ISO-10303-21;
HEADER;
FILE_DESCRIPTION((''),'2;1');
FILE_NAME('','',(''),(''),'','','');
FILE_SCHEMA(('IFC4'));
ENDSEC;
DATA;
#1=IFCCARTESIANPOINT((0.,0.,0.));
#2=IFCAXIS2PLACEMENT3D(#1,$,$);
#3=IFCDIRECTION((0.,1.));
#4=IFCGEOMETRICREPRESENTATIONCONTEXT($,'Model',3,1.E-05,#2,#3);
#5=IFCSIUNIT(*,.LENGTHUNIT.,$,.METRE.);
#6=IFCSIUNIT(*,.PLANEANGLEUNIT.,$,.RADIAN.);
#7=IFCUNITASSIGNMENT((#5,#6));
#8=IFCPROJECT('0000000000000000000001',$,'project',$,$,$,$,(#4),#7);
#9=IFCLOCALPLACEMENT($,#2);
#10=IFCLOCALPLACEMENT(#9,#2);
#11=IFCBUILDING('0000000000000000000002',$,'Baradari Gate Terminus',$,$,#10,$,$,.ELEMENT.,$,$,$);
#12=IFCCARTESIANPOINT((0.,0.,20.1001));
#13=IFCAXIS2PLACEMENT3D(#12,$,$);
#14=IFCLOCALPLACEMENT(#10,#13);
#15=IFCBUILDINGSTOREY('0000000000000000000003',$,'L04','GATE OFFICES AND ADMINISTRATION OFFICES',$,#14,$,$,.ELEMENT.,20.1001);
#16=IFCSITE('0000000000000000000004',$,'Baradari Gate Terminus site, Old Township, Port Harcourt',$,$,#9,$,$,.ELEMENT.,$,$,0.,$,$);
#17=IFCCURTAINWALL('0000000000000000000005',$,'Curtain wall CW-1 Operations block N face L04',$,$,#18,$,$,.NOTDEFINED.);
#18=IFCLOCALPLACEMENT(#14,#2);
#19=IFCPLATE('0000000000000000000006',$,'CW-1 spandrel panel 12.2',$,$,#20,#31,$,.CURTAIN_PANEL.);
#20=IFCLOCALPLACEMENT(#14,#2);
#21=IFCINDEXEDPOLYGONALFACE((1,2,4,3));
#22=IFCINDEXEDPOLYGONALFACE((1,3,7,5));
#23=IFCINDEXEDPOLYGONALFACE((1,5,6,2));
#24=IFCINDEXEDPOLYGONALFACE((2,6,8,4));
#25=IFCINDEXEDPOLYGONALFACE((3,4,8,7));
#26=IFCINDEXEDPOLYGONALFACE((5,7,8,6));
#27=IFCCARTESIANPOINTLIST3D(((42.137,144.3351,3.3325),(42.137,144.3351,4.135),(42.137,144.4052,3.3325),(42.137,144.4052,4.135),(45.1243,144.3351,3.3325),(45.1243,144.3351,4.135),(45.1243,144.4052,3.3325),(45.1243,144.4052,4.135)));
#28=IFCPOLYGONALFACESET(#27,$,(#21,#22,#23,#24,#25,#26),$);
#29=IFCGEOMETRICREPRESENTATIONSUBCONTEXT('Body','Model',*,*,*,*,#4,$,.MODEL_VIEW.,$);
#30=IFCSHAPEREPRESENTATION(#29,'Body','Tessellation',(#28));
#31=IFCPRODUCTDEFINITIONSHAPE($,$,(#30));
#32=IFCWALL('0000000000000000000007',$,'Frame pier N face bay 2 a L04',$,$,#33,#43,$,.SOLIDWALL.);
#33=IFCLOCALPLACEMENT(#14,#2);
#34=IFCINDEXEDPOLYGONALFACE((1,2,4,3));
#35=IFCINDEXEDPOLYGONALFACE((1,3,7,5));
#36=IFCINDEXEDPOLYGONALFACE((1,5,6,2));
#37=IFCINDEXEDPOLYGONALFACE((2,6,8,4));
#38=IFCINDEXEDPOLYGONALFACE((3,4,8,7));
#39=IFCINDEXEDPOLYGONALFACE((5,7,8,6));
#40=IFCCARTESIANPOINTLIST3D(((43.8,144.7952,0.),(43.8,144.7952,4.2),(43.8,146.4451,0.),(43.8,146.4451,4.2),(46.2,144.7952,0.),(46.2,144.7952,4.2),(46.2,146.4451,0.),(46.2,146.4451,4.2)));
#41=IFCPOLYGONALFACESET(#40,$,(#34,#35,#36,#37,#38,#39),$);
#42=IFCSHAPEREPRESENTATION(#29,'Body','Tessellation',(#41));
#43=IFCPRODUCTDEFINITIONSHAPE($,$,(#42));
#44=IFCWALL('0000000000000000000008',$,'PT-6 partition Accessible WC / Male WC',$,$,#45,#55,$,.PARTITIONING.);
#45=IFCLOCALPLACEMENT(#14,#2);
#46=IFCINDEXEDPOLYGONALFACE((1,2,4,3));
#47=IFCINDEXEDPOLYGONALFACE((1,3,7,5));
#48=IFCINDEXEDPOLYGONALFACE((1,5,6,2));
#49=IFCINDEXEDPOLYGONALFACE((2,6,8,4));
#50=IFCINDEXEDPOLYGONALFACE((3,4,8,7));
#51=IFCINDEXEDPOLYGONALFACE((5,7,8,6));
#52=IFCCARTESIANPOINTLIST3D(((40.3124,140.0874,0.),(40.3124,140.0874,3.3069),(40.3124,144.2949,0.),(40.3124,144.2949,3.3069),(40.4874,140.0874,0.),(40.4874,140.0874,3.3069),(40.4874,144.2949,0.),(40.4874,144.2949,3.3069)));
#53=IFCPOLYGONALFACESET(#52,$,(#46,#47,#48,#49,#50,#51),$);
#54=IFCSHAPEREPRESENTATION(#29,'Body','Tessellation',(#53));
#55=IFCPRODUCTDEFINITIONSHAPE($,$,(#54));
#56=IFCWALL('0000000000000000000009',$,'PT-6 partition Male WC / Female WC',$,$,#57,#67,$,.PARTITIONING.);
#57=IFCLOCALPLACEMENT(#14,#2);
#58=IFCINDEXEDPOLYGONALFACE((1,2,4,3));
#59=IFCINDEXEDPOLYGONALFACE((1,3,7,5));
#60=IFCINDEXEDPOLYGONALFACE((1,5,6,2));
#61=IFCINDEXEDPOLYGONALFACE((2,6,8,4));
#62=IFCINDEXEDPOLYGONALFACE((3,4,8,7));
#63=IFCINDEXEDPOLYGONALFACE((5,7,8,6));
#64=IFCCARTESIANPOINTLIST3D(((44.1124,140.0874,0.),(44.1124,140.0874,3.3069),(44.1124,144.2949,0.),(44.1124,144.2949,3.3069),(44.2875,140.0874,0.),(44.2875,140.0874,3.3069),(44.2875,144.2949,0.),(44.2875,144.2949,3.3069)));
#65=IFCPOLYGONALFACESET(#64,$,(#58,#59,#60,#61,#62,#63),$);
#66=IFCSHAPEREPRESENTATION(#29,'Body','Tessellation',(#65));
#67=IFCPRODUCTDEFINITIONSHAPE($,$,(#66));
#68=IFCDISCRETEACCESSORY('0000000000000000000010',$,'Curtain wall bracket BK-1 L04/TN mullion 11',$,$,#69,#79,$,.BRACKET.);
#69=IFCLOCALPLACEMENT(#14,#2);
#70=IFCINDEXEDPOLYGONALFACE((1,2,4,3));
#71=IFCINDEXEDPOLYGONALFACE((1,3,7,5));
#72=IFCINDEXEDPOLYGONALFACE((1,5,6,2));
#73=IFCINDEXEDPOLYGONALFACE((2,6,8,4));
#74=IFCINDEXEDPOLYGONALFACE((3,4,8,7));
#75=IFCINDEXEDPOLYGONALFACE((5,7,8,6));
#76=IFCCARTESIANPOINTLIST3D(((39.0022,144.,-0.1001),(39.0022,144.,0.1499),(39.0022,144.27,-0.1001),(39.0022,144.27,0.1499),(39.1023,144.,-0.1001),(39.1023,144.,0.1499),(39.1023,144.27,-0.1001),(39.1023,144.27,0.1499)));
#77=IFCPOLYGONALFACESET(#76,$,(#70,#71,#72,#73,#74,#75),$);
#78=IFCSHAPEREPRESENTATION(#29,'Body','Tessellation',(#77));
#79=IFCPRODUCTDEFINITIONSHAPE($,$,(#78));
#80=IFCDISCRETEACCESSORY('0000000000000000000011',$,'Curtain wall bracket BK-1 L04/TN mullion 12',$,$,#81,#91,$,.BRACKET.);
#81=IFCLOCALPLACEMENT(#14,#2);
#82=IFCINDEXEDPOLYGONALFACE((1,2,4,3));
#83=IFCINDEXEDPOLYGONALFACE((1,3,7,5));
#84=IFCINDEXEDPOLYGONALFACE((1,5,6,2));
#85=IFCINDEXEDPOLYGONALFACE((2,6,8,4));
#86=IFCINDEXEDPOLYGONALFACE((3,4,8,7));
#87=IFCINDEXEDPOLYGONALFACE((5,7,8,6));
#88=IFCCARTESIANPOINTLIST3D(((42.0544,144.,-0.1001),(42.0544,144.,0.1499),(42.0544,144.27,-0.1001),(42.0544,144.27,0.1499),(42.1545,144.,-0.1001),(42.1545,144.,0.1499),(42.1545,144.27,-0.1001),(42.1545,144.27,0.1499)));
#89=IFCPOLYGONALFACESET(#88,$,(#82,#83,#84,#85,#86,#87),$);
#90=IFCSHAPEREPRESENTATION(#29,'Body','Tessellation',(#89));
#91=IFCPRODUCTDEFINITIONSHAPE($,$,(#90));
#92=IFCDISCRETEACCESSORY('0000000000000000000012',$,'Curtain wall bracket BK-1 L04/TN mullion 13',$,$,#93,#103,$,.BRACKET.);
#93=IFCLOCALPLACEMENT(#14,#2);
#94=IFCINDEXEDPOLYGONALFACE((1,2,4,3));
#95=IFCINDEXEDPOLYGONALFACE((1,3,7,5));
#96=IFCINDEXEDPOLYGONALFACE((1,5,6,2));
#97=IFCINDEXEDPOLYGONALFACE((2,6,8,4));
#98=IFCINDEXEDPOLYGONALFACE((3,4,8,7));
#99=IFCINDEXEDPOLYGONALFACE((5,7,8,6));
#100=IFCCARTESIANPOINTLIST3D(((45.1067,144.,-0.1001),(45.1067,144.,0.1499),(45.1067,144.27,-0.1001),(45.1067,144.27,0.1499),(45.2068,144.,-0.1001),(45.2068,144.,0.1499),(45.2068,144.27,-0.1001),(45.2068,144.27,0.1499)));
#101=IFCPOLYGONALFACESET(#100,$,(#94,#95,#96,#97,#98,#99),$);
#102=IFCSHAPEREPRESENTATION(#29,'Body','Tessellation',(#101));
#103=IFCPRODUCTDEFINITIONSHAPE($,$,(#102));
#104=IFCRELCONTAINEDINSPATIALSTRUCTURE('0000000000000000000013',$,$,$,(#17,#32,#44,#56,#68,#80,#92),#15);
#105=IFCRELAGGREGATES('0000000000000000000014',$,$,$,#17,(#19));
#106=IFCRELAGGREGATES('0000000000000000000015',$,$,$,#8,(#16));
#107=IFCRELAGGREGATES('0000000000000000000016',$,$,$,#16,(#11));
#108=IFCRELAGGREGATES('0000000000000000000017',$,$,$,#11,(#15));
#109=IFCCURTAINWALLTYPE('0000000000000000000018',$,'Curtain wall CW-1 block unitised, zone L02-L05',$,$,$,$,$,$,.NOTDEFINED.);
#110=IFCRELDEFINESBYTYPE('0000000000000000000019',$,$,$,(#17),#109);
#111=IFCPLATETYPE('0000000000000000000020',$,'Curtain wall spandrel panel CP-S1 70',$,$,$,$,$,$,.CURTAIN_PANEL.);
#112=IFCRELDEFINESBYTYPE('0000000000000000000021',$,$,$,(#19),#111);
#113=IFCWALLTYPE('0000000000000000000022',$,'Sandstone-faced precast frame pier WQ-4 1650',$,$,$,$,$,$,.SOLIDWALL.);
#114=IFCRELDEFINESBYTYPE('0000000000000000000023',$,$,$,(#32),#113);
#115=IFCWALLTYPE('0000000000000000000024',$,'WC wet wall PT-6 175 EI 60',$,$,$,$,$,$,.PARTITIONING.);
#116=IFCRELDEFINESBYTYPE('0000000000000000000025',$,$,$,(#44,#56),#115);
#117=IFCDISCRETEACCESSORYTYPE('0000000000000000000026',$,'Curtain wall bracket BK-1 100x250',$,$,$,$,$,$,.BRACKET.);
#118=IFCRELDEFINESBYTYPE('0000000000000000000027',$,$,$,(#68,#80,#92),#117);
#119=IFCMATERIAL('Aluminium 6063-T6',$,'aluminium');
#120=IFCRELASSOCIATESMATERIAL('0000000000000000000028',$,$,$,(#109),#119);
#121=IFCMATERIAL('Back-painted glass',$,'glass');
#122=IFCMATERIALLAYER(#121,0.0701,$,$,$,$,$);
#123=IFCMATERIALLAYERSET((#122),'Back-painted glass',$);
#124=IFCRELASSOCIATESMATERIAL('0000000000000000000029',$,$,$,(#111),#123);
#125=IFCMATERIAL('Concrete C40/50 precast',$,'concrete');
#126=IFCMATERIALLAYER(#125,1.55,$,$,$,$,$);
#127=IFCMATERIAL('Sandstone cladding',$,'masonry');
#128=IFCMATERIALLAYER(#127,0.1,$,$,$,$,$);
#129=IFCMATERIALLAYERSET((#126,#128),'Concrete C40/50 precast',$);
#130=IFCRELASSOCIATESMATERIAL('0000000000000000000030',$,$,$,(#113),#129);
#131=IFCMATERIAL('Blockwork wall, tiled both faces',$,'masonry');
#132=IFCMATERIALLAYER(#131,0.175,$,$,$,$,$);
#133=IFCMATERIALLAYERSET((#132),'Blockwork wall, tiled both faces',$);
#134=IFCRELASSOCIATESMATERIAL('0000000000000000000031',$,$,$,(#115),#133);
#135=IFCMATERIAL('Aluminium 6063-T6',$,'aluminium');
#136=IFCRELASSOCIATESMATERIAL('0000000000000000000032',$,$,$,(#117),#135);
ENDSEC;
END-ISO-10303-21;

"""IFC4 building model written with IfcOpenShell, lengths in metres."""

from ifc_helpers import new_model, si_unit, direction, frame, frame_2d, origin, origin_2d, place, context, subcontext, project, spatial, rectangle, extrude, material, layer, layer_set, type_object, element, aggregate, save


model = new_model("IFC4")

# Units and contexts
model_context = context("Model", 3, precision=1e-05, world=origin(), true_north=direction((0.0, 1.0)))
body_context = subcontext(model_context, "Body", "Model", "MODEL_VIEW")
ifc_project = project(units=[si_unit("LENGTHUNIT", "METRE"), si_unit("PLANEANGLEUNIT", "RADIAN")], contexts=[model_context])

# Site, building, storey
site_placement = place(None, origin())
site = spatial("IfcSite", under=ifc_project, at=site_placement, Name="Baradari Gate Terminus site, Old Township, Port Harcourt", CompositionType="ELEMENT", RefElevation=0.0)
building_placement = place(site_placement, origin())
building = spatial("IfcBuilding", under=site, at=building_placement, Name="Baradari Gate Terminus", CompositionType="ELEMENT")
storey_placement = place(building_placement, frame((0.0, 0.0, 20.1001)))
storey = spatial("IfcBuildingStorey", under=building, at=storey_placement, Name="L04", Description="GATE OFFICES AND ADMINISTRATION OFFICES", CompositionType="ELEMENT", Elevation=20.1001)

# Curtain wall, plate
ifc_material_1 = material(Name="Aluminium 6063-T6", Category="aluminium")
curtain_wall_type = type_object("IfcCurtainWallType", Name="Curtain wall CW-1 block unitised, zone L02-L05", PredefinedType="NOTDEFINED", material=ifc_material_1)
curtain_wall_placement = place(storey_placement, origin())
curtain_wall = element("IfcCurtainWall", 1, at=curtain_wall_placement, inside=storey, type_object=curtain_wall_type, Name="Curtain wall CW-1 Operations block N face L04", PredefinedType="NOTDEFINED")
ifc_material_2 = material(Name="Back-painted glass", Category="glass")
ifc_layer_1 = layer(ifc_material_2, 0.0701)
ifc_layer_set_1 = layer_set([ifc_layer_1], Name="Back-painted glass")
plate_type_1 = type_object("IfcPlateType", Name="Curtain wall spandrel panel CP-S1 70", PredefinedType="CURTAIN_PANEL", material=ifc_layer_set_1)
plate_1_placement = place(storey_placement, frame((43.6306, 144.3701, 3.3325), z_axis=(0.0, 0.0, 1.0), x_axis=(1.0, 0.0, 0.0)))
plate_1 = element("IfcPlate", 2, at=plate_1_placement, type_object=plate_type_1, Name="CW-1 spandrel panel 12.2", PredefinedType="CURTAIN_PANEL", context=body_context, shape_type="SweptSolid", body=[
    extrude(rectangle(XDim=2.9873, YDim=0.0701, at=origin_2d()), origin(), (0.0, 0.0, 1.0), 0.8025),
])
aggregate(curtain_wall, [plate_1])

# Walls
ifc_material_3 = material(Name="Concrete C40/50 precast", Category="concrete")
ifc_layer_2 = layer(ifc_material_3, 1.55)
ifc_material_4 = material(Name="Sandstone cladding", Category="masonry")
ifc_layer_3 = layer(ifc_material_4, 0.1)
ifc_layer_set_2 = layer_set([ifc_layer_2, ifc_layer_3], Name="Concrete C40/50 precast")
wall_type_1 = type_object("IfcWallType", Name="Sandstone-faced precast frame pier WQ-4 1650", PredefinedType="SOLIDWALL", material=ifc_layer_set_2)
wall_placement = place(storey_placement, frame((43.8, 145.6201, 0.0), z_axis=(0.0, 0.0, 1.0), x_axis=(1.0, 0.0, 0.0)))
element("IfcWall", 3, at=wall_placement, inside=storey, type_object=wall_type_1, Name="Frame pier N face bay 2 a L04", PredefinedType="SOLIDWALL", context=body_context, shape_type="SweptSolid", body=[
    extrude(rectangle(XDim=2.3999, YDim=1.6499, at=frame_2d((1.2, 0.0))), origin(), (0.0, 0.0, 1.0), 4.2),
])
ifc_material_5 = material(Name="Blockwork wall, tiled both faces", Category="masonry")
ifc_layer_4 = layer(ifc_material_5, 0.175)
ifc_layer_set_3 = layer_set([ifc_layer_4], Name="Blockwork wall, tiled both faces")
wall_type_2 = type_object("IfcWallType", Name="WC wet wall PT-6 175 EI 60", PredefinedType="PARTITIONING", material=ifc_layer_set_3)
for number, where, z_axis, x_axis, name in (
    (4, (40.3999, 144.2949, 0.0), (0.0, 0.0, 1.0), (0.0, -1.0, 0.0), "PT-6 partition Accessible WC / Male WC"),
    (5, (44.2, 144.2949, 0.0), (0.0, 0.0, 1.0), (0.0, -1.0, 0.0), "PT-6 partition Male WC / Female WC"),
):
    element("IfcWall", number, at=place(storey_placement, frame(where, z_axis=z_axis, x_axis=x_axis)), inside=storey, type_object=wall_type_2, Name=name, PredefinedType="PARTITIONING", context=body_context, shape_type="SweptSolid", body=[
        extrude(rectangle(XDim=4.2075, YDim=0.175, at=frame_2d((2.1038, 0.0))), origin(), (0.0, 0.0, 1.0), 3.3069),
    ])

# Discrete accessories
ifc_material_6 = material(Name="Aluminium 6063-T6", Category="aluminium")
discrete_accessory_type = type_object("IfcDiscreteAccessoryType", Name="Curtain wall bracket BK-1 100x250", PredefinedType="BRACKET", material=ifc_material_6)
for number, where, z_axis, x_axis, name in (
    (6, (39.0522, 144.135, -0.1001), (0.0, 0.0, 1.0), (0.0, 1.0, 0.0), "Curtain wall bracket BK-1 L04/TN mullion 11"),
    (7, (42.1045, 144.135, -0.1001), (0.0, 0.0, 1.0), (0.0, 1.0, 0.0), "Curtain wall bracket BK-1 L04/TN mullion 12"),
    (8, (45.1567, 144.135, -0.1001), (0.0, 0.0, 1.0), (0.0, 1.0, 0.0), "Curtain wall bracket BK-1 L04/TN mullion 13"),
):
    element("IfcDiscreteAccessory", number, at=place(storey_placement, frame(where, z_axis=z_axis, x_axis=x_axis)), inside=storey, type_object=discrete_accessory_type, Name=name, PredefinedType="BRACKET", context=body_context, shape_type="SweptSolid", body=[
        extrude(rectangle(XDim=0.27, YDim=0.1001, at=origin_2d()), origin(), (0.0, 0.0, 1.0), 0.25),
    ])

save(model, "model.ifc")
